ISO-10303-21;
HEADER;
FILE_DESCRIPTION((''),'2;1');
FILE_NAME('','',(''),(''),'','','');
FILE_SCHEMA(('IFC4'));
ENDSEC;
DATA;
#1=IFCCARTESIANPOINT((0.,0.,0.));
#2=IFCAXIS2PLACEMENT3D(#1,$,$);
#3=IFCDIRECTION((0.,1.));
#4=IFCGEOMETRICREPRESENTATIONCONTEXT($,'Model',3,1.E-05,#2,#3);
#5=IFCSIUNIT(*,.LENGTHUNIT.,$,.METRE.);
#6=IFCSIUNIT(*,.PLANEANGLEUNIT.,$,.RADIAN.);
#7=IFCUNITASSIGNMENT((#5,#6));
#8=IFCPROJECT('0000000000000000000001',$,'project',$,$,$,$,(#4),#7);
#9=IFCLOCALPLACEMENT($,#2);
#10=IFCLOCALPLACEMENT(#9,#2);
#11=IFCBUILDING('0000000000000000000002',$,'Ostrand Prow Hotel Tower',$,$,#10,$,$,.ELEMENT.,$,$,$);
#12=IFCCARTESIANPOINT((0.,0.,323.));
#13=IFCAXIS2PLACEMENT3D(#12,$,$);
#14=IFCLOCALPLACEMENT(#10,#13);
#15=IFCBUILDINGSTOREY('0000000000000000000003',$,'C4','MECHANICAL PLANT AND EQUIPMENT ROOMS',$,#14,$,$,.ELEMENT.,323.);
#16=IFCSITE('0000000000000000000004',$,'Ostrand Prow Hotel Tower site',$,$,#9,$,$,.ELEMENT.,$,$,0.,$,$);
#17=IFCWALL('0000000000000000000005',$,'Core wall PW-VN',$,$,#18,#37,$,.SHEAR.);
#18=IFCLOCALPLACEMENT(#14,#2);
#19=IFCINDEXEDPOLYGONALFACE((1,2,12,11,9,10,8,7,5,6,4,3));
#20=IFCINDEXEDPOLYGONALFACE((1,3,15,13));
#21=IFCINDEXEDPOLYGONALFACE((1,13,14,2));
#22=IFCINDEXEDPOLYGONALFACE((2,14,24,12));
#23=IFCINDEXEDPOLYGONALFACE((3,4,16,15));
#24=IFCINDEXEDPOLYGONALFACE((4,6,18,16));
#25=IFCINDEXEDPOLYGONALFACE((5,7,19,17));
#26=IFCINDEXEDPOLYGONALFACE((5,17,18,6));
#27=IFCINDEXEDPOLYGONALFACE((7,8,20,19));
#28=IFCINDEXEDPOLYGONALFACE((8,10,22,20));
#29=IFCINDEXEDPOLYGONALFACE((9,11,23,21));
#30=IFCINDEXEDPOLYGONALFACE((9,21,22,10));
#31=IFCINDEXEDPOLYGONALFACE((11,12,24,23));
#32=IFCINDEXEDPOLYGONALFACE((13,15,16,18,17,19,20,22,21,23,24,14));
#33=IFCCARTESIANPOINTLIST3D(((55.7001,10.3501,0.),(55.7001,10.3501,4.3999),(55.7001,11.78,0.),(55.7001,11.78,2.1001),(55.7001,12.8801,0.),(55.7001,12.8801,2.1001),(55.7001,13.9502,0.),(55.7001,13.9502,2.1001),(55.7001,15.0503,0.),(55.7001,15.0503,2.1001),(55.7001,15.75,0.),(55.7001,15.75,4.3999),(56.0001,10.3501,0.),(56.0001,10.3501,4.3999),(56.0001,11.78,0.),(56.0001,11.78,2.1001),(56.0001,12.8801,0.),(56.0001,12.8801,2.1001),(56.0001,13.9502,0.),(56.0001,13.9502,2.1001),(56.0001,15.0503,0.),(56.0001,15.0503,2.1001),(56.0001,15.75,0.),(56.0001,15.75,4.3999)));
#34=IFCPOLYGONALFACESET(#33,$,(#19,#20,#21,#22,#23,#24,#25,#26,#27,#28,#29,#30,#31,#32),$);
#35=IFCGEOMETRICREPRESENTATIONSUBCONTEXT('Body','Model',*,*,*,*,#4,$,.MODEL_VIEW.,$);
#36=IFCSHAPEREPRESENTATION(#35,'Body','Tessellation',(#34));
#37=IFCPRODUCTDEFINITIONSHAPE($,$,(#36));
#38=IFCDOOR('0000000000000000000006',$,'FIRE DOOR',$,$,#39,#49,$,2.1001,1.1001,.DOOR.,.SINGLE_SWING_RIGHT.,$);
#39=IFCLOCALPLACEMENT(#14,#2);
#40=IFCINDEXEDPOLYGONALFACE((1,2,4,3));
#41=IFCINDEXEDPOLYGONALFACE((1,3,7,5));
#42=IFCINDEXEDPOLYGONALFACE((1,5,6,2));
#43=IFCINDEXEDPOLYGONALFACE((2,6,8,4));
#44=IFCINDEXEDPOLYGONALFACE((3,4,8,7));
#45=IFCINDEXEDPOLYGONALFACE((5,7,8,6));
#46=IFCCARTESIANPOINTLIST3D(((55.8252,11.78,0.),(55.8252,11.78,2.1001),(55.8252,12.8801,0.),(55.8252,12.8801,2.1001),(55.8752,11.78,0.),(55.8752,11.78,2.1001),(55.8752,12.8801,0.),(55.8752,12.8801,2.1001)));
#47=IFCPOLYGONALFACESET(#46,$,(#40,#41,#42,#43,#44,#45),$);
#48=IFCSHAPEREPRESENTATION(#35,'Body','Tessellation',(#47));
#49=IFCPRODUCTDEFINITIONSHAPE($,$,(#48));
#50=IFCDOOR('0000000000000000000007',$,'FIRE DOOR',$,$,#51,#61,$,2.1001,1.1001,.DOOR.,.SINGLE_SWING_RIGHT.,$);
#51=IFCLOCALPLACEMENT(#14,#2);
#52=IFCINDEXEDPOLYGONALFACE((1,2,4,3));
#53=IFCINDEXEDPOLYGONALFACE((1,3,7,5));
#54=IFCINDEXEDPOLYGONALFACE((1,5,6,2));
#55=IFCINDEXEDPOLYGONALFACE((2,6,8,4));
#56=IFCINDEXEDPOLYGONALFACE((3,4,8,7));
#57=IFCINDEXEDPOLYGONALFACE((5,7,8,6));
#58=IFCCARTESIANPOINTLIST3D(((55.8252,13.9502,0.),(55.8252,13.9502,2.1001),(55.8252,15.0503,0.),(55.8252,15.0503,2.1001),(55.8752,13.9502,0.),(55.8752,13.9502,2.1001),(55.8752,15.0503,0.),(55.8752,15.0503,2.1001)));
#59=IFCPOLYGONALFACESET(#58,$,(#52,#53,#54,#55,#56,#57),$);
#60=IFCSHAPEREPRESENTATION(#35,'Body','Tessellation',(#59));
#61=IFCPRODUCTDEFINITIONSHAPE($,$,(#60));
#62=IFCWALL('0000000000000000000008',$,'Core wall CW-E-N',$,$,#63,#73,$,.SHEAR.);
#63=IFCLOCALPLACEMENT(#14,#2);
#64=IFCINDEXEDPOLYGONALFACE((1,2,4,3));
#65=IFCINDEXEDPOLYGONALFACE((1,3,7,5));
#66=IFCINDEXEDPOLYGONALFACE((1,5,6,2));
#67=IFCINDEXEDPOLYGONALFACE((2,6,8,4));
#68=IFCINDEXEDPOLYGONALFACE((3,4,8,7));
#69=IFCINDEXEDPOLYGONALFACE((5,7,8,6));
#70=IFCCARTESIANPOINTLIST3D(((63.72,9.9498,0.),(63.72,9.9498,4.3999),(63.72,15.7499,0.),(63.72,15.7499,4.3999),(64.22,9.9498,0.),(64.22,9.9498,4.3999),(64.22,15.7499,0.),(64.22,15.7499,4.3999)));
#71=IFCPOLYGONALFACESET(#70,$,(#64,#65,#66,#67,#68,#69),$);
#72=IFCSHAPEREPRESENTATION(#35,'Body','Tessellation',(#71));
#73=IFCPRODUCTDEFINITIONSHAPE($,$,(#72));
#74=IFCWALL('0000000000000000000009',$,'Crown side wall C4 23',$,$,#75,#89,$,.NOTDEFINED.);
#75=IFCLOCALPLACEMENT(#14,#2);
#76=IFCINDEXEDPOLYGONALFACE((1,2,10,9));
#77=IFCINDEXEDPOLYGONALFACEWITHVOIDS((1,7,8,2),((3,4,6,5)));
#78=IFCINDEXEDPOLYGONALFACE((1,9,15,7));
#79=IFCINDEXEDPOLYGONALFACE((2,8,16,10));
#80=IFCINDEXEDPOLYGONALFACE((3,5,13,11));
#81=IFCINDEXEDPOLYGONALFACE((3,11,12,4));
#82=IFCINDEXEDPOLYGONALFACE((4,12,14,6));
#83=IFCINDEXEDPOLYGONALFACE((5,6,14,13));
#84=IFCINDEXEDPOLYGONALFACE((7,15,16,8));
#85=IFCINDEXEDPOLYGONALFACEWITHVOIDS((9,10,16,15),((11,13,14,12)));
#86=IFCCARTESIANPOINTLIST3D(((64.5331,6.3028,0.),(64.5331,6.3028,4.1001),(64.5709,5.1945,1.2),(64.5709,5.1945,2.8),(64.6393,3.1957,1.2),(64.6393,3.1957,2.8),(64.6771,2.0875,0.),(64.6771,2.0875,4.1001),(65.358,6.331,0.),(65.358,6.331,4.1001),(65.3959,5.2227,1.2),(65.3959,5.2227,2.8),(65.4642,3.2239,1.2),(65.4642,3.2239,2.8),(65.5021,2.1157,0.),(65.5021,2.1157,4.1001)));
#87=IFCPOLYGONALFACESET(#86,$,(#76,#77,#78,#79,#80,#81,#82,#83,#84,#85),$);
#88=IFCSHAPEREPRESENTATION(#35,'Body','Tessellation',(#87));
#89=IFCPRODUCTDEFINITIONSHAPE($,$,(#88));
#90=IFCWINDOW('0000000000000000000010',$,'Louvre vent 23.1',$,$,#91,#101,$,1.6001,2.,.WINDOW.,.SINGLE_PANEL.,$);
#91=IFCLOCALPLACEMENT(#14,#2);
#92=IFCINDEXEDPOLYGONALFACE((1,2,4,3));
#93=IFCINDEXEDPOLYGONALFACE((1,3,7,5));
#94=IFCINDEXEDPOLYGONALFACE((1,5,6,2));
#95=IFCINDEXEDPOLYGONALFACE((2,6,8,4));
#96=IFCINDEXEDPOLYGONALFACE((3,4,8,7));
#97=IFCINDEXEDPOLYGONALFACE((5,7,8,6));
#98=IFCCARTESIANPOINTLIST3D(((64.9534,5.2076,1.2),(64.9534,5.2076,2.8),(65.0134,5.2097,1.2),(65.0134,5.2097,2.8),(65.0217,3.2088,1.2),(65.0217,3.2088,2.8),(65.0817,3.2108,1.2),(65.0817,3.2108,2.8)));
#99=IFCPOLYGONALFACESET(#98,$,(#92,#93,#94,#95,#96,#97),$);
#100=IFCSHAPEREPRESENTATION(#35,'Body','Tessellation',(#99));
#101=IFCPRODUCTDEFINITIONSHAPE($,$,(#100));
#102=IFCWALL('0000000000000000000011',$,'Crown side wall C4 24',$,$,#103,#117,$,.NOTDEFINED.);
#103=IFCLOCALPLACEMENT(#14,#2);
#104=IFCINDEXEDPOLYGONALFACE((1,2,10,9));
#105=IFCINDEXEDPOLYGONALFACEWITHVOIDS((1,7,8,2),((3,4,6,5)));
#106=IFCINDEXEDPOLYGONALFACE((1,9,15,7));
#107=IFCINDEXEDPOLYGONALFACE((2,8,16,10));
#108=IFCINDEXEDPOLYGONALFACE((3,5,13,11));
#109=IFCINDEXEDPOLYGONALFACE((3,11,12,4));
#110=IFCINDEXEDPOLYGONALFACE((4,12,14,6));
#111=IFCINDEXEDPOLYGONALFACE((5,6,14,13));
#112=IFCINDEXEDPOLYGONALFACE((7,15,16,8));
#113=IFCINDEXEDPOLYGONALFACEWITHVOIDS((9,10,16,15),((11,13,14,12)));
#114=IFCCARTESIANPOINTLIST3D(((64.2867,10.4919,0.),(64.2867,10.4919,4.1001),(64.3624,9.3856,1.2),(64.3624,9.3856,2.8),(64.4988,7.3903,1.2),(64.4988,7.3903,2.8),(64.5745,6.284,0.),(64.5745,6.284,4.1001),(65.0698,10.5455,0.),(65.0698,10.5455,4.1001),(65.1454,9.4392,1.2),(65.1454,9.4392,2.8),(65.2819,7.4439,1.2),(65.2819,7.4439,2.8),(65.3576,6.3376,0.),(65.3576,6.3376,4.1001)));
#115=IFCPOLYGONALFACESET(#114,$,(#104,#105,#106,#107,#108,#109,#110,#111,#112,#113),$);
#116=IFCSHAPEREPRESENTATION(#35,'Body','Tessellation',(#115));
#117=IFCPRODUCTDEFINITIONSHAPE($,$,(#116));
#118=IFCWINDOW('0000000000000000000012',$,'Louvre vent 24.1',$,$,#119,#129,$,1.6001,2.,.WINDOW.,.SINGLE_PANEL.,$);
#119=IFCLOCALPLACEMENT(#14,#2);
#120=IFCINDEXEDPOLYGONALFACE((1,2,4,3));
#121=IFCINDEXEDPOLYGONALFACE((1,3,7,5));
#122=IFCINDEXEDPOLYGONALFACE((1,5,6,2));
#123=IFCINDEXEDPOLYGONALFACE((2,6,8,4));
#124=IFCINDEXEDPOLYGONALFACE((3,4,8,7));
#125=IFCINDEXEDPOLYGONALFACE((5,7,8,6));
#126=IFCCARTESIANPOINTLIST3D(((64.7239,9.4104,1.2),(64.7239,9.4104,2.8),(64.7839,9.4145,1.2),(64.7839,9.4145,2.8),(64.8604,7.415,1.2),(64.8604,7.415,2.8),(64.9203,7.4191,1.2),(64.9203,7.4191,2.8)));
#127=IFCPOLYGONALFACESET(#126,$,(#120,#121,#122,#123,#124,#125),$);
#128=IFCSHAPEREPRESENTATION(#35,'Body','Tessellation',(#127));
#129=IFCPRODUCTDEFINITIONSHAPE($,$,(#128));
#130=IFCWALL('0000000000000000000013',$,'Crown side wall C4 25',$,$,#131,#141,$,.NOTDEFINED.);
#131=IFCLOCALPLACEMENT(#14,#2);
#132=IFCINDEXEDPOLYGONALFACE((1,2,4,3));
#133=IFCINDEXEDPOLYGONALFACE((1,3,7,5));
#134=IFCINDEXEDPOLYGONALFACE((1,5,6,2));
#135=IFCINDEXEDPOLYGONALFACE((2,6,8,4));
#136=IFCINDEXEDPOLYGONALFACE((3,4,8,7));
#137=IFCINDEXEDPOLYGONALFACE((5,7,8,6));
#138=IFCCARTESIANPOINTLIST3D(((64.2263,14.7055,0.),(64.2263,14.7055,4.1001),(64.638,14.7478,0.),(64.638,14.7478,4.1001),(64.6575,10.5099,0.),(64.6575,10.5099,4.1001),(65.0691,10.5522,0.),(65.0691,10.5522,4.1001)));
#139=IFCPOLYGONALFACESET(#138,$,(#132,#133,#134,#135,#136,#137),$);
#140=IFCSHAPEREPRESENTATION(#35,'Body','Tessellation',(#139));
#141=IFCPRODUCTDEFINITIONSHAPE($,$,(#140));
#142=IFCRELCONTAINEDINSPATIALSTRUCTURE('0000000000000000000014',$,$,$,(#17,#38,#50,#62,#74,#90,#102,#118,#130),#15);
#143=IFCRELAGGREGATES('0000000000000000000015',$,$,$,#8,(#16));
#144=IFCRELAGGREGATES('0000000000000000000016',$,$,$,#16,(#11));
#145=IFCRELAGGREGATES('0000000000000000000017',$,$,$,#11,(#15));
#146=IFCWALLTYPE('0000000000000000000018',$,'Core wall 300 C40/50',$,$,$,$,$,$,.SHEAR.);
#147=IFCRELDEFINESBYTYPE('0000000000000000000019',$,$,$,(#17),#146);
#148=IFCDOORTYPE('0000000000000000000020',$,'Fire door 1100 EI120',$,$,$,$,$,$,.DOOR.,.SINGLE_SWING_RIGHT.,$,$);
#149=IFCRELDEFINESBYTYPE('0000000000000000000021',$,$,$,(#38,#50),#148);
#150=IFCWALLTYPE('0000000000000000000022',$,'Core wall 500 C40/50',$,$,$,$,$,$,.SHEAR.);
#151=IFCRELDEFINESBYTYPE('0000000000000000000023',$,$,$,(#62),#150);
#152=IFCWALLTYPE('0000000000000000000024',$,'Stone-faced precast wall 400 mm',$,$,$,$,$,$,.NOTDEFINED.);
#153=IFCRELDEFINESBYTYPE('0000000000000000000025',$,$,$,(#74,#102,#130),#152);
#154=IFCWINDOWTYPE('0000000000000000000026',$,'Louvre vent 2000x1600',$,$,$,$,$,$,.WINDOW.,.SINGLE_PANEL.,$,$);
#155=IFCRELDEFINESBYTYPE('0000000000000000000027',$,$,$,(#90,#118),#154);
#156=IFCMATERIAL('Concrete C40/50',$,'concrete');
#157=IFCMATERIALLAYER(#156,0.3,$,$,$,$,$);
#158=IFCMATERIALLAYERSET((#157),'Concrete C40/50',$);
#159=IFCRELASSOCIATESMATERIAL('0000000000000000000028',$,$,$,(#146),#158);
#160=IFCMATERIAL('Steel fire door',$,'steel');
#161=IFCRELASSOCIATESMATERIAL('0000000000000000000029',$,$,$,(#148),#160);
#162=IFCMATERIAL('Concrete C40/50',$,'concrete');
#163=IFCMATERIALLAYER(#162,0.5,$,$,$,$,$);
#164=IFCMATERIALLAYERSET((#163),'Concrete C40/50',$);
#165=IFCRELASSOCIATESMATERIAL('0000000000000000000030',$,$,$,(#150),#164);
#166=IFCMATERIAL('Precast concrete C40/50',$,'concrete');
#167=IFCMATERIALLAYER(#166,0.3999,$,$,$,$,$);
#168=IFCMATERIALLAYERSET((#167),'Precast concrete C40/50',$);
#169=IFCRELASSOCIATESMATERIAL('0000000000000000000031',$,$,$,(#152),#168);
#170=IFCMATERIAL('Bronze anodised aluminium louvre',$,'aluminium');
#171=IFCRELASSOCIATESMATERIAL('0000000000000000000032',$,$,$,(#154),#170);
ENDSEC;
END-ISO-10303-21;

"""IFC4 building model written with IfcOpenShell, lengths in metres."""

from ifc_helpers import new_model, si_unit, direction, frame, frame_2d, origin, place, context, subcontext, project, spatial, rectangle, extrude, material, layer, layer_set, type_object, element, fill, save


model = new_model("IFC4")

# Units and contexts
model_context = context("Model", 3, precision=1e-05, world=origin(), true_north=direction((0.0, 1.0)))
body_context = subcontext(model_context, "Body", "Model", "MODEL_VIEW")
ifc_project = project(units=[si_unit("LENGTHUNIT", "METRE"), si_unit("PLANEANGLEUNIT", "RADIAN")], contexts=[model_context])

# Site, building, storey
site_placement = place(None, origin())
site = spatial("IfcSite", under=ifc_project, at=site_placement, Name="Ostrand Prow Hotel Tower site", CompositionType="ELEMENT", RefElevation=0.0)
building_placement = place(site_placement, origin())
building = spatial("IfcBuilding", under=site, at=building_placement, Name="Ostrand Prow Hotel Tower", CompositionType="ELEMENT")
storey_placement = place(building_placement, frame((0.0, 0.0, 323.0)))
storey = spatial("IfcBuildingStorey", under=building, at=storey_placement, Name="C4", Description="MECHANICAL PLANT AND EQUIPMENT ROOMS", CompositionType="ELEMENT", Elevation=323.0)

# Shared definitions
ifc_material_1 = material(Name="Concrete C40/50", Category="concrete")
ifc_layer_1 = layer(ifc_material_1, 0.3)
ifc_layer_set_1 = layer_set([ifc_layer_1], Name="Concrete C40/50")
wall_type_1 = type_object("IfcWallType", Name="Core wall 300 C40/50", PredefinedType="SHEAR", material=ifc_layer_set_1)

# Wall, openings, doors
wall_1_placement = place(storey_placement, frame((55.8501, 10.3501, 0.0), z_axis=(0.0, 0.0, 1.0), x_axis=(0.0, 1.0, 0.0)))
wall_1 = element("IfcWall", 1, at=wall_1_placement, inside=storey, type_object=wall_type_1, Name="Core wall PW-VN", PredefinedType="SHEAR", context=body_context, shape_type="SweptSolid", body=[
    extrude(rectangle(XDim=5.3999, YDim=0.3, at=frame_2d((2.7, 0.0))), origin(), (0.0, 0.0, 1.0), 4.3999),
])
opening_1_placement = place(wall_1_placement, frame((1.4299, 0.0, 0.0)))
opening_1 = element("IfcOpeningElement", 2, at=opening_1_placement, cuts=wall_1, PredefinedType="OPENING", context=body_context, shape_type="SweptSolid", body=[
    extrude(rectangle(XDim=1.1001, YDim=2.1001, at=frame_2d((0.55, 1.05))), frame((0.0, 0.1599, 0.0), z_axis=(0.0, -1.0, 0.0), x_axis=(1.0, 0.0, 0.0)), (0.0, 0.0, 1.0), 0.3201),
])
opening_2_placement = place(wall_1_placement, frame((3.6001, 0.0, 0.0)))
opening_2 = element("IfcOpeningElement", 3, at=opening_2_placement, cuts=wall_1, PredefinedType="OPENING", context=body_context, shape_type="SweptSolid", body=[
    extrude(rectangle(XDim=1.1001, YDim=2.1001, at=frame_2d((0.55, 1.05))), frame((0.0, 0.1599, 0.0), z_axis=(0.0, -1.0, 0.0), x_axis=(1.0, 0.0, 0.0)), (0.0, 0.0, 1.0), 0.3201),
])
ifc_material_2 = material(Name="Steel fire door", Category="steel")
door_type_1 = type_object("IfcDoorType", Name="Fire door 1100 EI120", OperationType="SINGLE_SWING_RIGHT", PredefinedType="DOOR", material=ifc_material_2)
door_1_placement = place(opening_1_placement, origin())
door_1 = element("IfcDoor", 4, at=door_1_placement, inside=storey, type_object=door_type_1, Name="FIRE DOOR", OperationType="SINGLE_SWING_RIGHT", OverallHeight=2.1001, OverallWidth=1.1001, PredefinedType="DOOR", context=body_context, shape_type="SweptSolid", body=[
    extrude(rectangle(XDim=1.1001, YDim=2.1001, at=frame_2d((0.55, 1.05))), frame((0.0, 0.0249, 0.0), z_axis=(0.0, -1.0, 0.0), x_axis=(1.0, 0.0, 0.0)), (0.0, 0.0, 1.0), 0.05),
])
fill(opening_1, door_1)
door_2_placement = place(opening_2_placement, origin())
door_2 = element("IfcDoor", 5, at=door_2_placement, inside=storey, type_object=door_type_1, Name="FIRE DOOR", OperationType="SINGLE_SWING_RIGHT", OverallHeight=2.1001, OverallWidth=1.1001, PredefinedType="DOOR", context=body_context, shape_type="SweptSolid", body=[
    extrude(rectangle(XDim=1.1001, YDim=2.1001, at=frame_2d((0.55, 1.05))), frame((0.0, 0.0249, 0.0), z_axis=(0.0, -1.0, 0.0), x_axis=(1.0, 0.0, 0.0)), (0.0, 0.0, 1.0), 0.05),
])
fill(opening_2, door_2)

# Wall
ifc_material_3 = material(Name="Concrete C40/50", Category="concrete")
ifc_layer_2 = layer(ifc_material_3, 0.5)
ifc_layer_set_2 = layer_set([ifc_layer_2], Name="Concrete C40/50")
wall_type_2 = type_object("IfcWallType", Name="Core wall 500 C40/50", PredefinedType="SHEAR", material=ifc_layer_set_2)
wall_2_placement = place(storey_placement, frame((63.97, 9.95, 0.0), z_axis=(0.0, 0.0, 1.0), x_axis=(0.0, 1.0, 0.0)))
element("IfcWall", 6, at=wall_2_placement, inside=storey, type_object=wall_type_2, Name="Core wall CW-E-N", PredefinedType="SHEAR", context=body_context, shape_type="SweptSolid", body=[
    extrude(rectangle(XDim=5.8, YDim=0.5, at=frame_2d((2.8999, 0.0))), origin(), (0.0, 0.0, 1.0), 4.3999),
])

# Walls, openings, windows
ifc_material_4 = material(Name="Precast concrete C40/50", Category="concrete")
ifc_layer_3 = layer(ifc_material_4, 0.3999)
ifc_layer_set_3 = layer_set([ifc_layer_3], Name="Precast concrete C40/50")
wall_type_3 = type_object("IfcWallType", Name="Stone-faced precast wall 400 mm", PredefinedType="NOTDEFINED", material=ifc_layer_set_3)
wall_3_placement = place(storey_placement, frame((65.0896, 2.1016, 0.0), z_axis=(0.0, 0.0, 1.0), x_axis=(-0.034151, 0.999417, 0.0)))
wall_3 = element("IfcWall", 7, at=wall_3_placement, inside=storey, type_object=wall_type_3, Name="Crown side wall C4 23", PredefinedType="NOTDEFINED", context=body_context, shape_type="SweptSolid", body=[
    extrude(rectangle(XDim=4.2178, YDim=0.8254, at=frame_2d((2.1089, 0.0))), origin(), (0.0, 0.0, 1.0), 4.1001),
])
opening_3_placement = place(wall_3_placement, frame((1.1089, 0.0, 1.2)))
opening_3 = element("IfcOpeningElement", 8, at=opening_3_placement, cuts=wall_3, PredefinedType="OPENING", context=body_context, shape_type="SweptSolid", body=[
    extrude(rectangle(XDim=2.0, YDim=1.6001, at=frame_2d((1.0, 0.8))), frame((0.0, 0.4226, 0.0), z_axis=(0.0, -1.0, 0.0), x_axis=(1.0, 0.0, 0.0)), (0.0, 0.0, 1.0), 0.8455),
])
ifc_material_5 = material(Name="Bronze anodised aluminium louvre", Category="aluminium")
window_type = type_object("IfcWindowType", Name="Louvre vent 2000x1600", PartitioningType="SINGLE_PANEL", PredefinedType="WINDOW", material=ifc_material_5)
window_1_placement = place(opening_3_placement, origin())
window_1 = element("IfcWindow", 9, at=window_1_placement, inside=storey, type_object=window_type, Name="Louvre vent 23.1", OverallHeight=1.6001, OverallWidth=2.0, PartitioningType="SINGLE_PANEL", PredefinedType="WINDOW", context=body_context, shape_type="SweptSolid", body=[
    extrude(rectangle(XDim=2.0, YDim=1.6001, at=frame_2d((1.0, 0.8))), frame((0.0, 0.03, 0.0), z_axis=(0.0, -1.0, 0.0), x_axis=(1.0, 0.0, 0.0)), (0.0, 0.0, 1.0), 0.0601),
])
fill(opening_3, window_1)
wall_4_placement = place(storey_placement, frame((64.9661, 6.3108, 0.0), z_axis=(0.0, 0.0, 1.0), x_axis=(-0.068244, 0.997669, 0.0)))
wall_4 = element("IfcWall", 10, at=wall_4_placement, inside=storey, type_object=wall_type_3, Name="Crown side wall C4 24", PredefinedType="NOTDEFINED", context=body_context, shape_type="SweptSolid", body=[
    extrude(rectangle(XDim=4.2178, YDim=0.7849, at=frame_2d((2.1089, 0.0))), origin(), (0.0, 0.0, 1.0), 4.1001),
])
opening_4_placement = place(wall_4_placement, frame((1.1089, 0.0, 1.2)))
opening_4 = element("IfcOpeningElement", 11, at=opening_4_placement, cuts=wall_4, PredefinedType="OPENING", context=body_context, shape_type="SweptSolid", body=[
    extrude(rectangle(XDim=2.0, YDim=1.6001, at=frame_2d((1.0, 0.8))), frame((0.0, 0.4023, 0.0), z_axis=(0.0, -1.0, 0.0), x_axis=(1.0, 0.0, 0.0)), (0.0, 0.0, 1.0), 0.8049),
])
window_2_placement = place(opening_4_placement, origin())
window_2 = element("IfcWindow", 12, at=window_2_placement, inside=storey, type_object=window_type, Name="Louvre vent 24.1", OverallHeight=1.6001, OverallWidth=2.0, PartitioningType="SINGLE_PANEL", PredefinedType="WINDOW", context=body_context, shape_type="SweptSolid", body=[
    extrude(rectangle(XDim=2.0, YDim=1.6001, at=frame_2d((1.0, 0.8))), frame((0.0, 0.03, 0.0), z_axis=(0.0, -1.0, 0.0), x_axis=(1.0, 0.0, 0.0)), (0.0, 0.0, 1.0), 0.0601),
])
fill(opening_4, window_2)

# Wall
wall_5_placement = place(storey_placement, frame((64.8633, 10.531, 0.0), z_axis=(0.0, 0.0, 1.0), x_axis=(-0.10222, 0.994762, 0.0)))
element("IfcWall", 13, at=wall_5_placement, inside=storey, type_object=wall_type_3, Name="Crown side wall C4 25", PredefinedType="NOTDEFINED", context=body_context, shape_type="SweptSolid", body=[
    extrude(rectangle(XDim=4.2178, YDim=0.4138, at=frame_2d((2.1089, 0.0))), origin(), (0.0, 0.0, 1.0), 4.1001),
])

save(model, "model.ifc")
